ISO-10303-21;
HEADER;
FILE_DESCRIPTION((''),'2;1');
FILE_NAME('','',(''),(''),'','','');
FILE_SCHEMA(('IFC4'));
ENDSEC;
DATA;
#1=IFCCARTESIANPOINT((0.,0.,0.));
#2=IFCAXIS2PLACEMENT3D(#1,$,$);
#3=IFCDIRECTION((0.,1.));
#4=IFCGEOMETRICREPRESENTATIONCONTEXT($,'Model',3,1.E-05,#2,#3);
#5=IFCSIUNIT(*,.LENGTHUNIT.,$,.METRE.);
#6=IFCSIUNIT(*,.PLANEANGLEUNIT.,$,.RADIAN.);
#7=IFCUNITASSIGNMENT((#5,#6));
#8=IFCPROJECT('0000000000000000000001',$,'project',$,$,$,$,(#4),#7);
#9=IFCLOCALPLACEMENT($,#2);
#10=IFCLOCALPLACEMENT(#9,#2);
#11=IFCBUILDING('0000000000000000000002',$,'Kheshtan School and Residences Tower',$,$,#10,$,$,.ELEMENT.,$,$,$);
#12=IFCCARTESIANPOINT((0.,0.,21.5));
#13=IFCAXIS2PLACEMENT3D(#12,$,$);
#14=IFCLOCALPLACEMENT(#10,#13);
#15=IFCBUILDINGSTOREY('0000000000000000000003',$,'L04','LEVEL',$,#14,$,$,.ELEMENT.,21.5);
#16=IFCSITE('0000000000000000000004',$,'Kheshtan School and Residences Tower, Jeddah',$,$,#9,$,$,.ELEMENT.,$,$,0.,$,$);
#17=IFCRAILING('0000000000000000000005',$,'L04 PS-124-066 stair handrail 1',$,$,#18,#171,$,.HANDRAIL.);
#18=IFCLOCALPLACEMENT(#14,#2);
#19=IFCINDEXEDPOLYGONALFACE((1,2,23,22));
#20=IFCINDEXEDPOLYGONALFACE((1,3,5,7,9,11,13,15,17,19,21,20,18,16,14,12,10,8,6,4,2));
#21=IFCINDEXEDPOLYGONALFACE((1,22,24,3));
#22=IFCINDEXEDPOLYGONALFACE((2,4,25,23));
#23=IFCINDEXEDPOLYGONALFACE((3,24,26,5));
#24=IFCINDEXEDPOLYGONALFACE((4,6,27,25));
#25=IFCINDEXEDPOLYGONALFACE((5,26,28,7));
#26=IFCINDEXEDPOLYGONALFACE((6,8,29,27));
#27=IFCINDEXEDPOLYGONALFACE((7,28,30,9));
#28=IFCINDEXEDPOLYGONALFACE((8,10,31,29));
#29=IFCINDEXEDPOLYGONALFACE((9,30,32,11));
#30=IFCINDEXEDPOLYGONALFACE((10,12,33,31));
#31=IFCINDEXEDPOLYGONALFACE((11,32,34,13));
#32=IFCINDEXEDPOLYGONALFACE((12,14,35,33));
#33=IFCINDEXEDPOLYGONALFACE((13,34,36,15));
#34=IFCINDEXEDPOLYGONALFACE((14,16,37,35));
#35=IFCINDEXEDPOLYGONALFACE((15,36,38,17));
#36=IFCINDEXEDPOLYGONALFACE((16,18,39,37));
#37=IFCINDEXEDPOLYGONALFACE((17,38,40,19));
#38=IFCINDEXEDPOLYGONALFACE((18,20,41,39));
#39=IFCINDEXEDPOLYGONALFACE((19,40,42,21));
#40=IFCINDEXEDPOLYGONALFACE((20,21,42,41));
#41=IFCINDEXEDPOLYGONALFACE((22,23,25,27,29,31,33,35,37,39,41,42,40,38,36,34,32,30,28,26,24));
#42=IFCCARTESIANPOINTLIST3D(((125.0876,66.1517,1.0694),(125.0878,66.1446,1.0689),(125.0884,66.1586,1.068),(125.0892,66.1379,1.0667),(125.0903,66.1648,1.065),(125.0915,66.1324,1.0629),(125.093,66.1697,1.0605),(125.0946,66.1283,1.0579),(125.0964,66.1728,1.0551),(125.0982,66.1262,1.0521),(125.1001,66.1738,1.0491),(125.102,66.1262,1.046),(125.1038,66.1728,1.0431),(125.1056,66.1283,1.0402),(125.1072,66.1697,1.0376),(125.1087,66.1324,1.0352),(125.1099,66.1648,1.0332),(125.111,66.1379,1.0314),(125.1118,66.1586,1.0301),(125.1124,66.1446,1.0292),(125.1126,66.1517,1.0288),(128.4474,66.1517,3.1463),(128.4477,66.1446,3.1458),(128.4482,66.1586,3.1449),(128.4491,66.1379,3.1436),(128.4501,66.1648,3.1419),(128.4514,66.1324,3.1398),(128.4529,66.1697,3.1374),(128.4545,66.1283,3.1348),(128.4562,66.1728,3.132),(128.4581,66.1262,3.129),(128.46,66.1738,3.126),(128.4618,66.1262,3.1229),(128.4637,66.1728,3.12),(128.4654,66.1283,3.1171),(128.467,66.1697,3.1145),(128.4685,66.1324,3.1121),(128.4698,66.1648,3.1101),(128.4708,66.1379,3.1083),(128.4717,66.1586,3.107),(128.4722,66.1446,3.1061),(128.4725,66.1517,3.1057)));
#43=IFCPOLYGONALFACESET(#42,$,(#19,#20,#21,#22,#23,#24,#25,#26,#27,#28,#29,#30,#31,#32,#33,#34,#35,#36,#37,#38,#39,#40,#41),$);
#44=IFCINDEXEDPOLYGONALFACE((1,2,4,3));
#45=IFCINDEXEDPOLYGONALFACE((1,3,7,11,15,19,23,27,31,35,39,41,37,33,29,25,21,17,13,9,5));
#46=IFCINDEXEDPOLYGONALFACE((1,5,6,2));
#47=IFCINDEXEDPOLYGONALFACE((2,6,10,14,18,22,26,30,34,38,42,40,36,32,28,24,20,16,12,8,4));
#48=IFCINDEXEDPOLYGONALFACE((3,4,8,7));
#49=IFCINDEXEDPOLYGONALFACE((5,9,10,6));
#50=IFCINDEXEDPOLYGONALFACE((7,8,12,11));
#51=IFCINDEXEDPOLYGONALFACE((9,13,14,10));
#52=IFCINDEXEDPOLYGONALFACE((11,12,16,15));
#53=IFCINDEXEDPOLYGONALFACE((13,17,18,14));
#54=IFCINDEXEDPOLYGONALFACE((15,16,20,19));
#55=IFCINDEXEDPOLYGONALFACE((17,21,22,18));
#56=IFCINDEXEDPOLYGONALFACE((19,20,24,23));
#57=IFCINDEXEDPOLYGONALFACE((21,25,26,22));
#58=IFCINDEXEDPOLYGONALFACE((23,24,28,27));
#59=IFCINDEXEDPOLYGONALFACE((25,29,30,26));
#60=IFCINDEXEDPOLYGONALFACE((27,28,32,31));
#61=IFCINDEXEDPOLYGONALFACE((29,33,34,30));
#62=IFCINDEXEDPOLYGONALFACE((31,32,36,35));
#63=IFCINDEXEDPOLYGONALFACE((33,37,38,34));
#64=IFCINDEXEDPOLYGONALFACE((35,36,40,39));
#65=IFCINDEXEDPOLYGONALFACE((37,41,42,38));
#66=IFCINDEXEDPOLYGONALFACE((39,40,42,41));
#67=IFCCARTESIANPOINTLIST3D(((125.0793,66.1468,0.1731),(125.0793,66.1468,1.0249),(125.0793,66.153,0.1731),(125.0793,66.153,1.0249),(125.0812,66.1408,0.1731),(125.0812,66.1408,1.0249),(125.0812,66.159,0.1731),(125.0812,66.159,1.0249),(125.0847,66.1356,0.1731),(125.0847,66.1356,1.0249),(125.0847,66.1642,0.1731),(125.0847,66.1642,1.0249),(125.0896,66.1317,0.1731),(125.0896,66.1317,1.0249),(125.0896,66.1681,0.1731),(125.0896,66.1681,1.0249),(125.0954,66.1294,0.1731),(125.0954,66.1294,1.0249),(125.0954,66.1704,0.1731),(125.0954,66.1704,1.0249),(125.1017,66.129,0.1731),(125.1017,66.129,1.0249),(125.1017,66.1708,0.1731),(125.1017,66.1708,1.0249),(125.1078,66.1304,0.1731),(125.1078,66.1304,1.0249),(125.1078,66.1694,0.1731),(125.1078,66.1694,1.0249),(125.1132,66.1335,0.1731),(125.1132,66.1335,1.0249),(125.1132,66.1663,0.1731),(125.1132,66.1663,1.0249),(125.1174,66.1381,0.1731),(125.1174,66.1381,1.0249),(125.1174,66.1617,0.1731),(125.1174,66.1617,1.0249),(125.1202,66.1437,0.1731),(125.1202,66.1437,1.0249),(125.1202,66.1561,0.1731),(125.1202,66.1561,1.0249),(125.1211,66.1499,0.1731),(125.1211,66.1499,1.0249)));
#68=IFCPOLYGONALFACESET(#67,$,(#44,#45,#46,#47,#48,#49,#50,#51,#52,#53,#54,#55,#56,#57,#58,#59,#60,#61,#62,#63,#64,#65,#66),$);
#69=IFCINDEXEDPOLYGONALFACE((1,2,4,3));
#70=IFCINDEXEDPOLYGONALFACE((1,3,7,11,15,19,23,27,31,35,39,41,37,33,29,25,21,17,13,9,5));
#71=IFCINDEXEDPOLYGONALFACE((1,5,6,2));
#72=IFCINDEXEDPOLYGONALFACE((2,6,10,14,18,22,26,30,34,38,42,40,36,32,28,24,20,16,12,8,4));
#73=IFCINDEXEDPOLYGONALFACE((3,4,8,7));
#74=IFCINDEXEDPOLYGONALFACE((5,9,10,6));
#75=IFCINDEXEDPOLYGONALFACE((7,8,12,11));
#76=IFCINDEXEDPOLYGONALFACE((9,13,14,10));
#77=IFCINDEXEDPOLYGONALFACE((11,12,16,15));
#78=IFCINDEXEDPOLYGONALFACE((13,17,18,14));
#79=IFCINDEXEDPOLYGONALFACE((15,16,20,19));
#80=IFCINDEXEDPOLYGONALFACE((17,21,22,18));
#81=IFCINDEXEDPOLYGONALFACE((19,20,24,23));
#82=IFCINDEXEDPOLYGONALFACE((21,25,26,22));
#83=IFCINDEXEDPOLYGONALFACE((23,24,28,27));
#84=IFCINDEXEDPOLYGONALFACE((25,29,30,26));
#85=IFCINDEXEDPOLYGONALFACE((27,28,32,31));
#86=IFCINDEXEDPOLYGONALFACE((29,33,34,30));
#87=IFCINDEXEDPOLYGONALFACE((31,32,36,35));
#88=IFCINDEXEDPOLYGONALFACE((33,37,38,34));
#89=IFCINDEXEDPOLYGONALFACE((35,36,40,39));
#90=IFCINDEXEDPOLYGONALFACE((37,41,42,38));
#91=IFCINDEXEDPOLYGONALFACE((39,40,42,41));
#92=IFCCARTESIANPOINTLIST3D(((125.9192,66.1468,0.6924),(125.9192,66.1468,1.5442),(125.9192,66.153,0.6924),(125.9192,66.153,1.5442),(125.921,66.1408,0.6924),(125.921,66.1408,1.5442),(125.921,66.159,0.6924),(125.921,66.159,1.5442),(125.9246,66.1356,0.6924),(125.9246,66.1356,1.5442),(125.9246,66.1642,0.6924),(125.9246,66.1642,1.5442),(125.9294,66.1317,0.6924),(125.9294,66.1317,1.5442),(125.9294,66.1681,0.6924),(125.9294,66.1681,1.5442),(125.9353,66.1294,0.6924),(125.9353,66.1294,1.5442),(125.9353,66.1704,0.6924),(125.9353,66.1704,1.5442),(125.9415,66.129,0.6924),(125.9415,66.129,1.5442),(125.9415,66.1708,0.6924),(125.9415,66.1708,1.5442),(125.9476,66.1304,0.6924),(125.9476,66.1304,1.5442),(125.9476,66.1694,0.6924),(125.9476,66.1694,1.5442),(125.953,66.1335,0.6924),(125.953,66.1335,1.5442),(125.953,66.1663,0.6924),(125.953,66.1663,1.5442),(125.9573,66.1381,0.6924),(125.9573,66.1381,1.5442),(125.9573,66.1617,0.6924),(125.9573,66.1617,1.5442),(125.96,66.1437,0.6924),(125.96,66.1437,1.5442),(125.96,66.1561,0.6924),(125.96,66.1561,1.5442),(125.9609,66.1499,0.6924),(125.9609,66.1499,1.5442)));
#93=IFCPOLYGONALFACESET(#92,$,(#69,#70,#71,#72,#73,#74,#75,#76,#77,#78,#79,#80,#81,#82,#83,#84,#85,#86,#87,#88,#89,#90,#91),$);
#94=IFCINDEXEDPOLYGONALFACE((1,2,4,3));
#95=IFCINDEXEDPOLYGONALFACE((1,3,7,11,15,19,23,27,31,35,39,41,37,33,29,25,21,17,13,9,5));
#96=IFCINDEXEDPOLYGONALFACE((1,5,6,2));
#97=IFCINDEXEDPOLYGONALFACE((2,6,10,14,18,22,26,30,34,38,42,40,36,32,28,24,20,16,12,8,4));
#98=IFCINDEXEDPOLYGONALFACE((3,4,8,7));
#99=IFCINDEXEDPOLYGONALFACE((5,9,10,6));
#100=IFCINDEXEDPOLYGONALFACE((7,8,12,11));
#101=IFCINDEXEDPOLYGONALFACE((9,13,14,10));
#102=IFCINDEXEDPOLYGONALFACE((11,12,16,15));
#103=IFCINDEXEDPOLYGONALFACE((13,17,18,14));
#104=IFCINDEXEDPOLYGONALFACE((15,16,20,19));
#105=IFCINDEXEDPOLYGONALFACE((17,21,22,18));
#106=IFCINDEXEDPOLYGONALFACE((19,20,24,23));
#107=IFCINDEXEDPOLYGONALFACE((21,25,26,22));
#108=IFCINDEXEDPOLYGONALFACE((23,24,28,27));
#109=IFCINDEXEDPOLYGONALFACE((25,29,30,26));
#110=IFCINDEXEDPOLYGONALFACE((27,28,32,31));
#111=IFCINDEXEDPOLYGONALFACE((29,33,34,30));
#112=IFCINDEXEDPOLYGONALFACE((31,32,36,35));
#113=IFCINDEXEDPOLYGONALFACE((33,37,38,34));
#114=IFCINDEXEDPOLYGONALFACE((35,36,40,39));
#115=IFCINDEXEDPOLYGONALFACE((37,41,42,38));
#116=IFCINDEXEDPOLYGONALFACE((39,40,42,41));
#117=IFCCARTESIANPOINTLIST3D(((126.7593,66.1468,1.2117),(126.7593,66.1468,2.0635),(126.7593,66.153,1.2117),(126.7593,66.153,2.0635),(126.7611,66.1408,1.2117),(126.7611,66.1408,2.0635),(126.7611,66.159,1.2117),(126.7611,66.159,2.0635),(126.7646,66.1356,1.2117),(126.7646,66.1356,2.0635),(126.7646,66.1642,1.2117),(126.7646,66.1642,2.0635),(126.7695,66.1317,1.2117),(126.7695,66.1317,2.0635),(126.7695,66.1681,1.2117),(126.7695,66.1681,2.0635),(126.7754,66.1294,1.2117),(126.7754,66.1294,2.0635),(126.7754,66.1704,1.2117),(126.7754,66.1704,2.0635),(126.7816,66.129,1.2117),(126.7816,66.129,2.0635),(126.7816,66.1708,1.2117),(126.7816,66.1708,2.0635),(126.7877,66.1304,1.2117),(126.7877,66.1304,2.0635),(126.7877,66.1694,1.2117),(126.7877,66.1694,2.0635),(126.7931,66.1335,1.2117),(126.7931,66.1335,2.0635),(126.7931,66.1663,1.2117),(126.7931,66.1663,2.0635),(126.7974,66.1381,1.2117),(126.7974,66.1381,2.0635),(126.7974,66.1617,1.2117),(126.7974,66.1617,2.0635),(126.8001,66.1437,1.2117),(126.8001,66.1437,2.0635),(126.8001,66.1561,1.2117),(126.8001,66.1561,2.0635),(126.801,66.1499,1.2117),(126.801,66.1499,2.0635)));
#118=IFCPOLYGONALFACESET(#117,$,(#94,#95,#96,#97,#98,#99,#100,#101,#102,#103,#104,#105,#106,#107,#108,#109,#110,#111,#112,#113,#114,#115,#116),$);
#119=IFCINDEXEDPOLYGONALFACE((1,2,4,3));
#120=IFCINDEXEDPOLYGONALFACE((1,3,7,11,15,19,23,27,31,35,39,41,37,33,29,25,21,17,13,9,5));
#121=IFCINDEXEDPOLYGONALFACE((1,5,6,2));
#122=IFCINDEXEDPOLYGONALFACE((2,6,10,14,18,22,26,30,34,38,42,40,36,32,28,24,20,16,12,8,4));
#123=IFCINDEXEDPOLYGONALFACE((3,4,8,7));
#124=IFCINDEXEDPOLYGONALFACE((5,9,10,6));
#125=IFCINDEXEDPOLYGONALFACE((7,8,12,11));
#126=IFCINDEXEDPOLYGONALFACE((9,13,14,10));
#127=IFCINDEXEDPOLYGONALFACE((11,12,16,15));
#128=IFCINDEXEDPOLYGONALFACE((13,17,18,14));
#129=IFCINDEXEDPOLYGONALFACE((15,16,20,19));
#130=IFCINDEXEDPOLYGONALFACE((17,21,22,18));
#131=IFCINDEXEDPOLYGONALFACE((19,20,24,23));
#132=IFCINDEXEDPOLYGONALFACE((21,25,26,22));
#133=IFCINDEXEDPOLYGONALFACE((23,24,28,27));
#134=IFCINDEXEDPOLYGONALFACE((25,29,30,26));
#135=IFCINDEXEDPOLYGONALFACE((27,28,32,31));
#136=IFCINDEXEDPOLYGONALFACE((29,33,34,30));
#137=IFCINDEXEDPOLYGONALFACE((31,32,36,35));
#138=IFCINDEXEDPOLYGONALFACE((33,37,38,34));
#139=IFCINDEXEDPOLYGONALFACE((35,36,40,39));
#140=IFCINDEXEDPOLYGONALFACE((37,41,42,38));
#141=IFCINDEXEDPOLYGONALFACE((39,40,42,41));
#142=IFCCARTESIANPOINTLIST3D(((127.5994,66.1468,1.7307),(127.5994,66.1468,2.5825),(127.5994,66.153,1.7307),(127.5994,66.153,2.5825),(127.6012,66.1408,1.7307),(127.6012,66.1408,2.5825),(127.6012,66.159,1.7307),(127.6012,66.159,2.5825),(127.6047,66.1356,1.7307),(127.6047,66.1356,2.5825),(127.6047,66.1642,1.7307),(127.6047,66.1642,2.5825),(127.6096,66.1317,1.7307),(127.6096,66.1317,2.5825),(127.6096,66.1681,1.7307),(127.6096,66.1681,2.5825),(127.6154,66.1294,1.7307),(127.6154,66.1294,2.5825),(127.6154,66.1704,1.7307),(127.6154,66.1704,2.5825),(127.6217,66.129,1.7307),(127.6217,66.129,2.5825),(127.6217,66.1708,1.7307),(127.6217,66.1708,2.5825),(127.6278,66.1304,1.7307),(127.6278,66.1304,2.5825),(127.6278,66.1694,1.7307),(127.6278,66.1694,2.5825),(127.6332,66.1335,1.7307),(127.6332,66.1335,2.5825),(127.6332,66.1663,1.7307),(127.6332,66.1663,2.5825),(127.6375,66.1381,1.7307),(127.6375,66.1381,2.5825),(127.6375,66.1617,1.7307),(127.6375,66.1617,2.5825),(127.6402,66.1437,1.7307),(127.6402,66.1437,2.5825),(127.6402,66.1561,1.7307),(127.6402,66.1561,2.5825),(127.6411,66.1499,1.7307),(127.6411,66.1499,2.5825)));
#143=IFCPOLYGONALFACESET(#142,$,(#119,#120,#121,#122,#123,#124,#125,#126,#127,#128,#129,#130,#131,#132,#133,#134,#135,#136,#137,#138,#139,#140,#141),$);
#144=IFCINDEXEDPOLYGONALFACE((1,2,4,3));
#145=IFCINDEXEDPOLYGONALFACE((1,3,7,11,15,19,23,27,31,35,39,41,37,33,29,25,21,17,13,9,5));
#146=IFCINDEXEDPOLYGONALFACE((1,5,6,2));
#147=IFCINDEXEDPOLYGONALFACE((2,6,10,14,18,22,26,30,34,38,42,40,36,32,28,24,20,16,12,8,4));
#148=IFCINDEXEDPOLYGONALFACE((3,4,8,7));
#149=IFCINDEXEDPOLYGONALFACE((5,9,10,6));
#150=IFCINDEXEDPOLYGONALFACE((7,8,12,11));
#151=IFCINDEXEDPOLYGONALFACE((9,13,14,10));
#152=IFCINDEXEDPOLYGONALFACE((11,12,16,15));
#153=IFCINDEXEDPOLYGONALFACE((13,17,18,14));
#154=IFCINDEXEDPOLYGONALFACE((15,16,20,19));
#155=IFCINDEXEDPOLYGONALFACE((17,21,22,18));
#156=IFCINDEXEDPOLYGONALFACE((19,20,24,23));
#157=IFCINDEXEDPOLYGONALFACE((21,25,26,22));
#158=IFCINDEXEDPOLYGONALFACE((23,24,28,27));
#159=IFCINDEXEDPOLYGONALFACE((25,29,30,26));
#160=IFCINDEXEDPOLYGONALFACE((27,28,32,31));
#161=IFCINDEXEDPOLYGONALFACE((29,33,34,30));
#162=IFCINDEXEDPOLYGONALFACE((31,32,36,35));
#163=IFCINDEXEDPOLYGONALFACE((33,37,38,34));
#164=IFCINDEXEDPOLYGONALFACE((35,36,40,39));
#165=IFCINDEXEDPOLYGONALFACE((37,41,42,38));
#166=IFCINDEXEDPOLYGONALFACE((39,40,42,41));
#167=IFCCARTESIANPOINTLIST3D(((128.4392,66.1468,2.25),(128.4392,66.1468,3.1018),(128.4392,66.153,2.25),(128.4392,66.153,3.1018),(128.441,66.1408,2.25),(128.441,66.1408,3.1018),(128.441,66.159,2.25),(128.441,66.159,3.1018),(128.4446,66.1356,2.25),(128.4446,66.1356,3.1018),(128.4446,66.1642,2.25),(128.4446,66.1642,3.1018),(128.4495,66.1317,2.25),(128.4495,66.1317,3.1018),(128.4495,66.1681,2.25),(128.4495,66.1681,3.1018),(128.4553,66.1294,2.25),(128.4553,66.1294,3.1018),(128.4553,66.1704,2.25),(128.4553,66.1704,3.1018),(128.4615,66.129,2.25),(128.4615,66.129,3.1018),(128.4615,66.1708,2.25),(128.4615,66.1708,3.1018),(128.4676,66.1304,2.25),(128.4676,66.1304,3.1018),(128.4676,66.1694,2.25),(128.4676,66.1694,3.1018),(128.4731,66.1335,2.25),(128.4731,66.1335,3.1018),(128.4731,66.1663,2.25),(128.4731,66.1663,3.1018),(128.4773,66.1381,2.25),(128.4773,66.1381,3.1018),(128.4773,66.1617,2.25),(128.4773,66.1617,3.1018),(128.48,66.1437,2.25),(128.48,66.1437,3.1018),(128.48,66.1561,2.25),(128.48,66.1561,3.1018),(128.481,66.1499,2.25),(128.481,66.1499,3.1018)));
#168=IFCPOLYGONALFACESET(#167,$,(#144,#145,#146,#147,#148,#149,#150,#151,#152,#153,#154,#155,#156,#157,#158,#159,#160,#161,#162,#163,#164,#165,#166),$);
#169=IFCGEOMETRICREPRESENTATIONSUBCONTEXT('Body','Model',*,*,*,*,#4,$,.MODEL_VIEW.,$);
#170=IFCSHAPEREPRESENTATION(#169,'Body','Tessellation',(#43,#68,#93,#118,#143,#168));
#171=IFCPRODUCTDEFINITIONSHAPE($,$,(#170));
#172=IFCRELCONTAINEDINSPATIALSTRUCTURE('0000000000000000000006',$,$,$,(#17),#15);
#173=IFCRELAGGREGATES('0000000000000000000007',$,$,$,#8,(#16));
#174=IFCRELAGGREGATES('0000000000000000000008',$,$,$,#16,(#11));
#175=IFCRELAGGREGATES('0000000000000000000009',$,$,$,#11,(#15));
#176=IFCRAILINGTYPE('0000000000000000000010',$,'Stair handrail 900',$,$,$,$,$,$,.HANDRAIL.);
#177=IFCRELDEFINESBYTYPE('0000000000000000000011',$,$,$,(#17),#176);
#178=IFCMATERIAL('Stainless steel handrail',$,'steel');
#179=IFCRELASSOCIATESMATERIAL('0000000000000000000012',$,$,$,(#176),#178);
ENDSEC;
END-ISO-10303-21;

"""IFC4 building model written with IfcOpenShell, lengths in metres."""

from ifc_helpers import new_model, si_unit, direction, frame, origin, origin_2d, place, context, subcontext, project, spatial, circle, extrude, material, type_object, element, save


model = new_model("IFC4")

# Units and contexts
model_context = context("Model", 3, precision=1e-05, world=origin(), true_north=direction((0.0, 1.0)))
body_context = subcontext(model_context, "Body", "Model", "MODEL_VIEW")
ifc_project = project(units=[si_unit("LENGTHUNIT", "METRE"), si_unit("PLANEANGLEUNIT", "RADIAN")], contexts=[model_context])

# Site, building, storey
site_placement = place(None, origin())
site = spatial("IfcSite", under=ifc_project, at=site_placement, Name="Kheshtan School and Residences Tower, Jeddah", CompositionType="ELEMENT", RefElevation=0.0)
building_placement = place(site_placement, origin())
building = spatial("IfcBuilding", under=site, at=building_placement, Name="Kheshtan School and Residences Tower", CompositionType="ELEMENT")
storey_placement = place(building_placement, frame((0.0, 0.0, 21.5)))
storey = spatial("IfcBuildingStorey", under=building, at=storey_placement, Name="L04", Description="LEVEL", CompositionType="ELEMENT", Elevation=21.5)

# Railing
ifc_material_1 = material(Name="Stainless steel handrail", Category="steel")
railing_type_1 = type_object("IfcRailingType", Name="Stair handrail 900", PredefinedType="HANDRAIL", material=ifc_material_1)
railing_1_placement = place(storey_placement, frame((125.1001, 66.1499, 0.1731)))
element("IfcRailing", 1, at=railing_1_placement, inside=storey, type_object=railing_type_1, Name="L04 PS-124-066 stair handrail 1", PredefinedType="HANDRAIL", context=body_context, shape_type="SweptSolid", body=[
    extrude(circle(Radius=0.0239, at=origin_2d()), frame((0.0, 0.0, 0.876), z_axis=(0.850606, 0.0, 0.525803), x_axis=(0.0, 1.0, 0.0)), (0.0, 0.0, 1.0), 3.95),
    extrude(circle(Radius=0.021, at=origin_2d()), origin(), (0.0, 0.0, 1.0), 0.8518),
    extrude(circle(Radius=0.021, at=origin_2d()), frame((0.8398, 0.0, 0.5193)), (0.0, 0.0, 1.0), 0.8518),
    extrude(circle(Radius=0.021, at=origin_2d()), frame((1.6799, 0.0, 1.0386)), (0.0, 0.0, 1.0), 0.8518),
    extrude(circle(Radius=0.021, at=origin_2d()), frame((2.52, 0.0, 1.5576)), (0.0, 0.0, 1.0), 0.8518),
    extrude(circle(Radius=0.021, at=origin_2d()), frame((3.3599, 0.0, 2.0769)), (0.0, 0.0, 1.0), 0.8518),
])

save(model, "model.ifc")
